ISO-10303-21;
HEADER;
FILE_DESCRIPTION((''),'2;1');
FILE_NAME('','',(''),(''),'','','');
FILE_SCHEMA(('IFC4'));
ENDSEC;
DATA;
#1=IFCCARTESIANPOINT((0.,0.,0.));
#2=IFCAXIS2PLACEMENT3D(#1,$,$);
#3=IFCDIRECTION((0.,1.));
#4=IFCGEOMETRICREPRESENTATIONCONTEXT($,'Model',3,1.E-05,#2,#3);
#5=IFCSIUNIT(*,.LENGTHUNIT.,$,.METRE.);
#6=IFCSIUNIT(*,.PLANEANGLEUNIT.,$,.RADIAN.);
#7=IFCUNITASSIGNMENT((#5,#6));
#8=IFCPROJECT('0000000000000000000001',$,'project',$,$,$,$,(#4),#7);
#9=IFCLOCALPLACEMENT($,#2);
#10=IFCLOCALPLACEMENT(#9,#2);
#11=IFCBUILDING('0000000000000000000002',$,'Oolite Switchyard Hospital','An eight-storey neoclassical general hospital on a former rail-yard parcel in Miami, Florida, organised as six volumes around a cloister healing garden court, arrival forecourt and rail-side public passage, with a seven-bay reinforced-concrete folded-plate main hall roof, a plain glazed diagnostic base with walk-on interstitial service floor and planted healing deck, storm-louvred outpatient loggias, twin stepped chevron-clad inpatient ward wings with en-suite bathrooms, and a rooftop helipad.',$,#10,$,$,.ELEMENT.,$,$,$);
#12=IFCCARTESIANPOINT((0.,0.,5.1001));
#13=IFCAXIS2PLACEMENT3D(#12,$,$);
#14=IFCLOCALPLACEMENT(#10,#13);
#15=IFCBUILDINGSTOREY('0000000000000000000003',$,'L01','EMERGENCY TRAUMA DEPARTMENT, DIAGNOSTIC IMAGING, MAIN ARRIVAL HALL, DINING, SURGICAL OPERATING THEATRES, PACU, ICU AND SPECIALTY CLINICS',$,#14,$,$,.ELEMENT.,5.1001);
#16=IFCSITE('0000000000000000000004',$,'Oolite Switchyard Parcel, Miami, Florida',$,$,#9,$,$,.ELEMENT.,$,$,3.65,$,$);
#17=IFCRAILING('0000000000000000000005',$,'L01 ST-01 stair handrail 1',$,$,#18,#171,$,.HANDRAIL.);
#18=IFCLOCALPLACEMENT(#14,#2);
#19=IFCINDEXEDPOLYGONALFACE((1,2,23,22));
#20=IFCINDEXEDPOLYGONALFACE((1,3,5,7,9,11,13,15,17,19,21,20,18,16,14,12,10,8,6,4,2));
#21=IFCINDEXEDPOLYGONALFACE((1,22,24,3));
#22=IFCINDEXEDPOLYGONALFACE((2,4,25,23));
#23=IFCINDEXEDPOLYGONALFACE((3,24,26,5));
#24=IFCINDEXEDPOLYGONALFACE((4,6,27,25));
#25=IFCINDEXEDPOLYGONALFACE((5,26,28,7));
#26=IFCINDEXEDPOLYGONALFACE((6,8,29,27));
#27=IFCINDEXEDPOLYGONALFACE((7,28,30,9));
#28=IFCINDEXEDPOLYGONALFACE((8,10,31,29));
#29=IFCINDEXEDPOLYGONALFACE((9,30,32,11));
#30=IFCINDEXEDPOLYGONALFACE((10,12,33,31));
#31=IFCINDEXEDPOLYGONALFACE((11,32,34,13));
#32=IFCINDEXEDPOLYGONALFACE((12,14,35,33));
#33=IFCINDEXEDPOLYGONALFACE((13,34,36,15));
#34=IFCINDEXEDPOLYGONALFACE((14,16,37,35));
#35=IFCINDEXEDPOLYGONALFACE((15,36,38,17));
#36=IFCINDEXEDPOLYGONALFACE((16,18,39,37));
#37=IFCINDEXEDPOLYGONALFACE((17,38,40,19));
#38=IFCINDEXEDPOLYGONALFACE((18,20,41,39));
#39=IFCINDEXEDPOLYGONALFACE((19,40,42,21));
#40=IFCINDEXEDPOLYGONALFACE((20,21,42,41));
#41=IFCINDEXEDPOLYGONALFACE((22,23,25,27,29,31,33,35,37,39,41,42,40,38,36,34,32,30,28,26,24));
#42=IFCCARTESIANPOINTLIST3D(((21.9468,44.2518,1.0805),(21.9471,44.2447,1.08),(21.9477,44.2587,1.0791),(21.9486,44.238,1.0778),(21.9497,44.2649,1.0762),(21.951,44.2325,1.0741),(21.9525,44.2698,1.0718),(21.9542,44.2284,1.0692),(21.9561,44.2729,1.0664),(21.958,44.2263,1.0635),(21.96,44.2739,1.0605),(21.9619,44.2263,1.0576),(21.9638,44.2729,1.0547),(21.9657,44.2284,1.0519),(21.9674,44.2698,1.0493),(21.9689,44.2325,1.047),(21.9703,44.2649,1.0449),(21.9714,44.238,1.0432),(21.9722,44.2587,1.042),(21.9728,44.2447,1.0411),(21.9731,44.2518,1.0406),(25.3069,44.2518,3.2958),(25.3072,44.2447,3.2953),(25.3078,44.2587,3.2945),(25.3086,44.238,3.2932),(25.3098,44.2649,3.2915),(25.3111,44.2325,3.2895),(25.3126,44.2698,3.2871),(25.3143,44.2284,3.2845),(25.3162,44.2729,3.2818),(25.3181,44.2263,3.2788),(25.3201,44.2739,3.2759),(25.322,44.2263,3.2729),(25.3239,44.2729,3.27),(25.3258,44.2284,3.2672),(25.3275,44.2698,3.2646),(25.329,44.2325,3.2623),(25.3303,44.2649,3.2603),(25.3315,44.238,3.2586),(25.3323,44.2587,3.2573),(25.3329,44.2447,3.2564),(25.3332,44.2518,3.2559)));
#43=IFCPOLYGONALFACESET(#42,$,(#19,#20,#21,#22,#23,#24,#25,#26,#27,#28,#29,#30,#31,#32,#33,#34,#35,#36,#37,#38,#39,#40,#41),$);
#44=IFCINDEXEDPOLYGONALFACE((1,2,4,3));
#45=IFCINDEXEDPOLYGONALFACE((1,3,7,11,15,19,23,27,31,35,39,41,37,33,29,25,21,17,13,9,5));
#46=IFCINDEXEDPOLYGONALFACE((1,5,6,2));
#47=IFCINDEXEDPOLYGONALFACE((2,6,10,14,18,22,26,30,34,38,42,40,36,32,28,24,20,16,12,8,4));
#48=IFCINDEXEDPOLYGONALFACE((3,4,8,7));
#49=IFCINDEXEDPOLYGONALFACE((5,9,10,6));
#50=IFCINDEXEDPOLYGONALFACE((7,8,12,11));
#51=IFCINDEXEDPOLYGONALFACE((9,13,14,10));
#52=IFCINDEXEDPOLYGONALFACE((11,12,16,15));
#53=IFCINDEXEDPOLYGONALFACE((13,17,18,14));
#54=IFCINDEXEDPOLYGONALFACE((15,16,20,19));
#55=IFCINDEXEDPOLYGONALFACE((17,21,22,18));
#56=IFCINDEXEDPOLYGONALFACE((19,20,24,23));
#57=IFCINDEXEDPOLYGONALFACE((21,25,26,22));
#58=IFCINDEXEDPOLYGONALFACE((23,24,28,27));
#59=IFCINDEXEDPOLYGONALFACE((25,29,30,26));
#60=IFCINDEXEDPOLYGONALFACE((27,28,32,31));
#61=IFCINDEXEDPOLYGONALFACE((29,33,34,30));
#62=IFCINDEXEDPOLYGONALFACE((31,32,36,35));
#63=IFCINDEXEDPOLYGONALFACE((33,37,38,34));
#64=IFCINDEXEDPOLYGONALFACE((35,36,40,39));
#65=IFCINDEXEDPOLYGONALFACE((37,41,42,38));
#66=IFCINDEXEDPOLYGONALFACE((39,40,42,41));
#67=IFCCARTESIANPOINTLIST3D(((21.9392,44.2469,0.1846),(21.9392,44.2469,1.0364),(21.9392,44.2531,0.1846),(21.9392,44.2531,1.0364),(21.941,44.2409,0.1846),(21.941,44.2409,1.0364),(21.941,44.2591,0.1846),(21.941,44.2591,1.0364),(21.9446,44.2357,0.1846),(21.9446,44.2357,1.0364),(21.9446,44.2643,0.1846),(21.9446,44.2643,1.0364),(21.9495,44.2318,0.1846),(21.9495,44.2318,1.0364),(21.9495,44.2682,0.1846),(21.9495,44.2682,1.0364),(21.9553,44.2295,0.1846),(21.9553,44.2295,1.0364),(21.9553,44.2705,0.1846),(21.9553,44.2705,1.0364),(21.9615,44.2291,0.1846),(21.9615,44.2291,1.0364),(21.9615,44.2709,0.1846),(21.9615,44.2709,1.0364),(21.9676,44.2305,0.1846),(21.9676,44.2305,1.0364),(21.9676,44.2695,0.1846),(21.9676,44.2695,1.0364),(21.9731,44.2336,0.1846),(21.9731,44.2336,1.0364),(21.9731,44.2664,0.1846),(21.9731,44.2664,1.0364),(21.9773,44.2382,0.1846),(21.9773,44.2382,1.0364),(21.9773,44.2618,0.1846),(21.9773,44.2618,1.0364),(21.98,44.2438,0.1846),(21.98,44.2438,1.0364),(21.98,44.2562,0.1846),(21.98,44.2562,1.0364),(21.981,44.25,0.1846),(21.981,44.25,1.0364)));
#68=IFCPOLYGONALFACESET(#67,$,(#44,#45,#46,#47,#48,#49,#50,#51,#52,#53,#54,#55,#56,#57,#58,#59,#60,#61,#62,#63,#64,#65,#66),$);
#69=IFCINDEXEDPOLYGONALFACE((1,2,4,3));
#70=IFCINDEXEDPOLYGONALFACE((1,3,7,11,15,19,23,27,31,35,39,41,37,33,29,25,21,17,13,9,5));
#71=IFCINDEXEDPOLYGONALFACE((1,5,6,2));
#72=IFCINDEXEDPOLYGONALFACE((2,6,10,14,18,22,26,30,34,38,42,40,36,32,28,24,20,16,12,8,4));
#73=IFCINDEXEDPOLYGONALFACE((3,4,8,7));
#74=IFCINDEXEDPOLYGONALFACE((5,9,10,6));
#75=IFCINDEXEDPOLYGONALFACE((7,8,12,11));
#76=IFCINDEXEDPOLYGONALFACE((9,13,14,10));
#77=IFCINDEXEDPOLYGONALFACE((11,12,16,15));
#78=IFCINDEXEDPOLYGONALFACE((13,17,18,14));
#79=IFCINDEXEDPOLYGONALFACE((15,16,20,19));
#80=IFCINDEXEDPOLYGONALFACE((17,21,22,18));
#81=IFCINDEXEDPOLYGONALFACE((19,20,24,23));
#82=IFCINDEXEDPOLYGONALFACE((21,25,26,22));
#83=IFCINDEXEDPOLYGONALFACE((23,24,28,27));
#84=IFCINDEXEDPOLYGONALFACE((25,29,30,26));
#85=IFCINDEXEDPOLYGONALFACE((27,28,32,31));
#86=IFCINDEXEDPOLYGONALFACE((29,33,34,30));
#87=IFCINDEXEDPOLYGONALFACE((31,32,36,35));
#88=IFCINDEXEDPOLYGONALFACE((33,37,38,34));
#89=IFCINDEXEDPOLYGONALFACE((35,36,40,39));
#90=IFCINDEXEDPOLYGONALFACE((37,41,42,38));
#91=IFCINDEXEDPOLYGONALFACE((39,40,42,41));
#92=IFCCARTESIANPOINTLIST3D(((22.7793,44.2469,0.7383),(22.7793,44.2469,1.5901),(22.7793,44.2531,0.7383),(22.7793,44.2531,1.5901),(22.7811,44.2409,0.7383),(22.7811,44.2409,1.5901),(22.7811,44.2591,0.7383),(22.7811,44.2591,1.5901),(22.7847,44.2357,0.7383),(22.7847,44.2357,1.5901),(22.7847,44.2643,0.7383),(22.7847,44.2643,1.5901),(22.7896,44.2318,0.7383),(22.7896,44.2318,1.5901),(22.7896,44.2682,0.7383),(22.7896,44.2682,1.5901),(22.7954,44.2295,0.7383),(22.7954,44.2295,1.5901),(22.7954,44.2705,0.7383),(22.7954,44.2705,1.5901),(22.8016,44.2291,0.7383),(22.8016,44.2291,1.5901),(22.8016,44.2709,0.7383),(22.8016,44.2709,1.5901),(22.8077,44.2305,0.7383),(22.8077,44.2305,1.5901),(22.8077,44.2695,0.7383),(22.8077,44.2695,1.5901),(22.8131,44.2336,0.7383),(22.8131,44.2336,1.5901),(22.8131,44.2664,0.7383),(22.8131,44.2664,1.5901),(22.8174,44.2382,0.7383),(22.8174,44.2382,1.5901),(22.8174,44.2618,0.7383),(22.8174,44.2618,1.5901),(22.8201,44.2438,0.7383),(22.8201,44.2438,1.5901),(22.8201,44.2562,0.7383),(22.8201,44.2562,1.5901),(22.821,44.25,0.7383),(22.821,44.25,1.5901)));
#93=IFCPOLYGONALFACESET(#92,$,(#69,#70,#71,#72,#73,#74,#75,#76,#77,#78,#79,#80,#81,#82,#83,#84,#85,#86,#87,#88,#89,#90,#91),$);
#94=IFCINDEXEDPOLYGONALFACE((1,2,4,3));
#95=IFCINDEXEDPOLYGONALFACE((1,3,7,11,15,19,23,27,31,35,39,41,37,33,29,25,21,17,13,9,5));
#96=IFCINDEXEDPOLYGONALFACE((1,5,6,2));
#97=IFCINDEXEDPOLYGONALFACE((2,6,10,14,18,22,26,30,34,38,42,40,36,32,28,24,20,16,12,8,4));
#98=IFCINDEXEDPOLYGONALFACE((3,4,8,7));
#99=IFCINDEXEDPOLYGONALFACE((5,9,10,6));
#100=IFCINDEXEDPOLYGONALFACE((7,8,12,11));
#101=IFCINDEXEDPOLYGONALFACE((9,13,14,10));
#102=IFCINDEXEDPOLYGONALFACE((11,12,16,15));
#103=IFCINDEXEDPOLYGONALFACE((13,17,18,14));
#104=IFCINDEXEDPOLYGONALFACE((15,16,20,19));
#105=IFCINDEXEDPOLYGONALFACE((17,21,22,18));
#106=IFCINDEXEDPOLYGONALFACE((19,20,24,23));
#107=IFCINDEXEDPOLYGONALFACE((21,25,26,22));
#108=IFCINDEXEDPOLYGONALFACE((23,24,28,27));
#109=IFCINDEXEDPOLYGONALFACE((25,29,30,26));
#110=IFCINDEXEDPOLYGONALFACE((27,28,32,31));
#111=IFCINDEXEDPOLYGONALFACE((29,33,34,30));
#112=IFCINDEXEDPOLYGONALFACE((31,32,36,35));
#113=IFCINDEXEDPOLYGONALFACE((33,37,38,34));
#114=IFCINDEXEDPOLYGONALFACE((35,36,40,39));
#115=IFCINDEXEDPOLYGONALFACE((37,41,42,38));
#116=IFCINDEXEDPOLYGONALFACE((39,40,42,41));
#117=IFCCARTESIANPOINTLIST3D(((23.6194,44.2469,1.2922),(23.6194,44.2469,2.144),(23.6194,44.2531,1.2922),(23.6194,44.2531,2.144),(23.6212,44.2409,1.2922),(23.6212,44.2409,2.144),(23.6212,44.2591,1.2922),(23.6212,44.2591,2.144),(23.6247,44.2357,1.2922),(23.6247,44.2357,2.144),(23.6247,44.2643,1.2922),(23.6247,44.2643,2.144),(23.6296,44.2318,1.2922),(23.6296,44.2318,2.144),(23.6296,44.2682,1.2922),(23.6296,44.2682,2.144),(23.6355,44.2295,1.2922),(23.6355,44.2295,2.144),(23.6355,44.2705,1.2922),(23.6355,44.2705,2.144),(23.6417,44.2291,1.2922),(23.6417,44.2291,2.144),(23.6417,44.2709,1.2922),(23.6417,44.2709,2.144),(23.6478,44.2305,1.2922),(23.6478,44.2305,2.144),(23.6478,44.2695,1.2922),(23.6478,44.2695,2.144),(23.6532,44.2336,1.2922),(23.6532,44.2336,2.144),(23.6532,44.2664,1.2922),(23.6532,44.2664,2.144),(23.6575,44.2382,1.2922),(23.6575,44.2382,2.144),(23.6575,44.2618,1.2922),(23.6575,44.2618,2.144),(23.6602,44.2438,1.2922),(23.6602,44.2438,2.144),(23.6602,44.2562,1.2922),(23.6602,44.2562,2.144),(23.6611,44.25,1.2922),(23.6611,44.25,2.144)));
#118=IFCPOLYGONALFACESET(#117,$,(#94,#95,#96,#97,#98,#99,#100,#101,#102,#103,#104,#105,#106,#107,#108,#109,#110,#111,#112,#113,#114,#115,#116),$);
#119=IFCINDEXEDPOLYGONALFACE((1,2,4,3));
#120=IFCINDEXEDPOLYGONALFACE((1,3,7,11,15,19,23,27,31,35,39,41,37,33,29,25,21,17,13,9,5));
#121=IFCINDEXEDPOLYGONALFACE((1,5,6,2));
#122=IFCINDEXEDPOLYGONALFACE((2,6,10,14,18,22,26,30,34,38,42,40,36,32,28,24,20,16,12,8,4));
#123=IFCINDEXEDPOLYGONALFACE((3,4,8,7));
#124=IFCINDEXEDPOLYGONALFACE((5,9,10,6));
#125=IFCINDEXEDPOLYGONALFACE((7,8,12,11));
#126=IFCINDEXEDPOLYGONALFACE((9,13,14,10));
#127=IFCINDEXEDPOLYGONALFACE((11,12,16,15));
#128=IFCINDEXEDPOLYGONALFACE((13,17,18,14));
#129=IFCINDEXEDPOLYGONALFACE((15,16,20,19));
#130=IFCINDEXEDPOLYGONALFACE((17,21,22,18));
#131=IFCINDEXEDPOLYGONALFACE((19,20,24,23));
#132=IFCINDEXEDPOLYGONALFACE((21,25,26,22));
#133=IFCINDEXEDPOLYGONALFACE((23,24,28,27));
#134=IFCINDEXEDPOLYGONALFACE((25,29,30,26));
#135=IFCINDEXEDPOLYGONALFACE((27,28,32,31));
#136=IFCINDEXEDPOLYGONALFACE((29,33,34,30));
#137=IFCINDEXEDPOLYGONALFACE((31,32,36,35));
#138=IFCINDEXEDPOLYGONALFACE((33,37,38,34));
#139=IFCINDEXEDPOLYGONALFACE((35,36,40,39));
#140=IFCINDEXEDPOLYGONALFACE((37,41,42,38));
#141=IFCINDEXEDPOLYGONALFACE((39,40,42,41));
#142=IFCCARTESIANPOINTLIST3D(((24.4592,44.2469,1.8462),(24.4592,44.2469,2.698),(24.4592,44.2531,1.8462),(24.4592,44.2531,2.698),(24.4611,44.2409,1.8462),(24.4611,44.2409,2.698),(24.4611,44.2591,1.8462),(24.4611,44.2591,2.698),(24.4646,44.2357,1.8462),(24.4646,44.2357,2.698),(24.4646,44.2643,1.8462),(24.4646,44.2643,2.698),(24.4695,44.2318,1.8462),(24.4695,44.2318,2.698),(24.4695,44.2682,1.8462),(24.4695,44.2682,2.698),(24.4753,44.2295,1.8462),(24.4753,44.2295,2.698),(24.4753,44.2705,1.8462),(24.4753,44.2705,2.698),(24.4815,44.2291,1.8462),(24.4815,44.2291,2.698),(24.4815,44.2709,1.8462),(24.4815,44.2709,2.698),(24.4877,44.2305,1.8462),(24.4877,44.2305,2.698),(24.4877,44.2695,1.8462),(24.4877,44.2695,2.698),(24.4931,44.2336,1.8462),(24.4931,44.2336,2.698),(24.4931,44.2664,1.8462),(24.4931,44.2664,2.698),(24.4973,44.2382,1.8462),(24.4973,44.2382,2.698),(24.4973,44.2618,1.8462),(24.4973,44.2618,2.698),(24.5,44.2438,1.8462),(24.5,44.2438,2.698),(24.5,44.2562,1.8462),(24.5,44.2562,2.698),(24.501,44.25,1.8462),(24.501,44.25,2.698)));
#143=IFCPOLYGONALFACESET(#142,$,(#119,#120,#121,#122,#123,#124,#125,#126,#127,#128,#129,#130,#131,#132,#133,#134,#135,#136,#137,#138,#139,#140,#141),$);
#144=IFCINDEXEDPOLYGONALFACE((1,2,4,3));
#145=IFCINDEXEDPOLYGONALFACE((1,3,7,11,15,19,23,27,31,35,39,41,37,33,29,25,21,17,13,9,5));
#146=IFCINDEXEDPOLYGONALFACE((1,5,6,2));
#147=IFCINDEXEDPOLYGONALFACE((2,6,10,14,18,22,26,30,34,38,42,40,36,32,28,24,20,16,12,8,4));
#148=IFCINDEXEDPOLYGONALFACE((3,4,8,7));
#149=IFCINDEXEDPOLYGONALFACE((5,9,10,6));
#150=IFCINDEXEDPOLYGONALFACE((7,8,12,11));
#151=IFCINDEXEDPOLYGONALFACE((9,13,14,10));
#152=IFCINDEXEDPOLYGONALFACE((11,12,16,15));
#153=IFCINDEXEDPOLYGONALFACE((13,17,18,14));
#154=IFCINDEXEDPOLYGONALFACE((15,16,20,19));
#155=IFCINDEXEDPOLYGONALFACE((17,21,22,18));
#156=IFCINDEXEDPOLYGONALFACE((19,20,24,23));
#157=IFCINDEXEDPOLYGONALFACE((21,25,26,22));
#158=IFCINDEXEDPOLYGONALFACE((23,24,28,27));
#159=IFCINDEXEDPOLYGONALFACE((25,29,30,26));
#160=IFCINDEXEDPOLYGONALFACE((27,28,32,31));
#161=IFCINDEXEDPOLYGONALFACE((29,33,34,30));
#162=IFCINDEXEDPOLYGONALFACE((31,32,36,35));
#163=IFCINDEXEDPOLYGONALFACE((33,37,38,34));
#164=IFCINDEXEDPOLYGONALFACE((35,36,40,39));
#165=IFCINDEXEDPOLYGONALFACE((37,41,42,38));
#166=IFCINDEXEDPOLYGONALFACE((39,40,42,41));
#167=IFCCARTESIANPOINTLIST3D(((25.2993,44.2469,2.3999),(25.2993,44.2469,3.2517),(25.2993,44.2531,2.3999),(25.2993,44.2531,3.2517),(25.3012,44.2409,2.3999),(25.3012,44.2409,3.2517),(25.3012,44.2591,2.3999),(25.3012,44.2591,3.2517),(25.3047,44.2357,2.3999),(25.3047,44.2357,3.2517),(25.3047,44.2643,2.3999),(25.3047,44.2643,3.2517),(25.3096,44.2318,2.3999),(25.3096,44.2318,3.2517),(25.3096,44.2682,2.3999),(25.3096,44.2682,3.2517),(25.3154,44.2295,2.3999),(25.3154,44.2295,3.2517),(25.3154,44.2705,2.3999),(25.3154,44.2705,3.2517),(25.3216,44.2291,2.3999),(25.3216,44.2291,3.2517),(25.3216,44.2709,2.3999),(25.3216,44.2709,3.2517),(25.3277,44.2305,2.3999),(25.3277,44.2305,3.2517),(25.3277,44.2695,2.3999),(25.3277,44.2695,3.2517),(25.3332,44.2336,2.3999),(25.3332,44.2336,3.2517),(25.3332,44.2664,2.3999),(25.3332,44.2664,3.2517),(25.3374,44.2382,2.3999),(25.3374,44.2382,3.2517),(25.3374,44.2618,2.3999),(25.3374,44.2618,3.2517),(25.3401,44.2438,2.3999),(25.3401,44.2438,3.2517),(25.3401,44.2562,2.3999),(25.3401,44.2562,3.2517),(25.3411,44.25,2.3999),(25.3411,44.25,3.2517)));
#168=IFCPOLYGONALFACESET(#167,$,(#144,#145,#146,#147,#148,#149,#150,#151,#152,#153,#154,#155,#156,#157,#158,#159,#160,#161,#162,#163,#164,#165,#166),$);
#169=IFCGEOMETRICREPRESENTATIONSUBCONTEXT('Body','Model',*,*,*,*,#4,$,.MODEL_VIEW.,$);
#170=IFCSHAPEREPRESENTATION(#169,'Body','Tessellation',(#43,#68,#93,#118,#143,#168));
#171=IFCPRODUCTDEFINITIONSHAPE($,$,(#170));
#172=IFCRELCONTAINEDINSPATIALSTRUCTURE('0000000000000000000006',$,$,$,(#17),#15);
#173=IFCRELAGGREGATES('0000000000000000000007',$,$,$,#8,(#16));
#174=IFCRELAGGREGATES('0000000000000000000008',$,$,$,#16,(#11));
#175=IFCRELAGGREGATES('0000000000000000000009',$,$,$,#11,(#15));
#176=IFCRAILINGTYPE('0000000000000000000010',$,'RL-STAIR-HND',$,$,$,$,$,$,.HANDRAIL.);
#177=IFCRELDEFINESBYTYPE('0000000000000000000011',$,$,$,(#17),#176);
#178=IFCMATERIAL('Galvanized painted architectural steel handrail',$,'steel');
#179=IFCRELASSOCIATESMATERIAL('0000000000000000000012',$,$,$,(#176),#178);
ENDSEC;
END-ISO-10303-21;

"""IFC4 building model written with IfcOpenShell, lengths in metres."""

from ifc_helpers import new_model, si_unit, direction, frame, origin, origin_2d, place, context, subcontext, project, spatial, circle, extrude, material, type_object, element, save


model = new_model("IFC4")

# Units and contexts
model_context = context("Model", 3, precision=1e-05, world=origin(), true_north=direction((0.0, 1.0)))
body_context = subcontext(model_context, "Body", "Model", "MODEL_VIEW")
ifc_project = project(units=[si_unit("LENGTHUNIT", "METRE"), si_unit("PLANEANGLEUNIT", "RADIAN")], contexts=[model_context])

# Site, building, storey
site_placement = place(None, origin())
site = spatial("IfcSite", under=ifc_project, at=site_placement, Name="Oolite Switchyard Parcel, Miami, Florida", CompositionType="ELEMENT", RefElevation=3.65)
building_placement = place(site_placement, origin())
building = spatial("IfcBuilding", under=site, at=building_placement, Name="Oolite Switchyard Hospital", Description="An eight-storey neoclassical general hospital on a former rail-yard parcel in Miami, Florida, organised as six volumes around a cloister healing garden court, arrival forecourt and rail-side public passage, with a seven-bay reinforced-concrete folded-plate main hall roof, a plain glazed diagnostic base with walk-on interstitial service floor and planted healing deck, storm-louvred outpatient loggias, twin stepped chevron-clad inpatient ward wings with en-suite bathrooms, and a rooftop helipad.", CompositionType="ELEMENT")
storey_placement = place(building_placement, frame((0.0, 0.0, 5.1001)))
storey = spatial("IfcBuildingStorey", under=building, at=storey_placement, Name="L01", Description="EMERGENCY TRAUMA DEPARTMENT, DIAGNOSTIC IMAGING, MAIN ARRIVAL HALL, DINING, SURGICAL OPERATING THEATRES, PACU, ICU AND SPECIALTY CLINICS", CompositionType="ELEMENT", Elevation=5.1001)

# Railing
ifc_material_1 = material(Name="Galvanized painted architectural steel handrail", Category="steel")
railing_type_1 = type_object("IfcRailingType", Name="RL-STAIR-HND", PredefinedType="HANDRAIL", material=ifc_material_1)
railing_1_placement = place(storey_placement, frame((21.96, 44.25, 0.1846)))
element("IfcRailing", 1, at=railing_1_placement, inside=storey, type_object=railing_type_1, Name="L01 ST-01 stair handrail 1", PredefinedType="HANDRAIL", context=body_context, shape_type="SweptSolid", body=[
    extrude(circle(Radius=0.0239, at=origin_2d()), frame((0.0, 0.0, 0.876), z_axis=(0.834876, 0.0, 0.550437), x_axis=(0.0, 1.0, 0.0)), (0.0, 0.0, 1.0), 4.0247),
    extrude(circle(Radius=0.021, at=origin_2d()), origin(), (0.0, 0.0, 1.0), 0.8518),
    extrude(circle(Radius=0.021, at=origin_2d()), frame((0.8401, 0.0, 0.5537)), (0.0, 0.0, 1.0), 0.8518),
    extrude(circle(Radius=0.021, at=origin_2d()), frame((1.6802, 0.0, 1.1077)), (0.0, 0.0, 1.0), 0.8518),
    extrude(circle(Radius=0.021, at=origin_2d()), frame((2.52, 0.0, 1.6616)), (0.0, 0.0, 1.0), 0.8518),
    extrude(circle(Radius=0.021, at=origin_2d()), frame((3.3601, 0.0, 2.2153)), (0.0, 0.0, 1.0), 0.8518),
])

save(model, "model.ifc")
